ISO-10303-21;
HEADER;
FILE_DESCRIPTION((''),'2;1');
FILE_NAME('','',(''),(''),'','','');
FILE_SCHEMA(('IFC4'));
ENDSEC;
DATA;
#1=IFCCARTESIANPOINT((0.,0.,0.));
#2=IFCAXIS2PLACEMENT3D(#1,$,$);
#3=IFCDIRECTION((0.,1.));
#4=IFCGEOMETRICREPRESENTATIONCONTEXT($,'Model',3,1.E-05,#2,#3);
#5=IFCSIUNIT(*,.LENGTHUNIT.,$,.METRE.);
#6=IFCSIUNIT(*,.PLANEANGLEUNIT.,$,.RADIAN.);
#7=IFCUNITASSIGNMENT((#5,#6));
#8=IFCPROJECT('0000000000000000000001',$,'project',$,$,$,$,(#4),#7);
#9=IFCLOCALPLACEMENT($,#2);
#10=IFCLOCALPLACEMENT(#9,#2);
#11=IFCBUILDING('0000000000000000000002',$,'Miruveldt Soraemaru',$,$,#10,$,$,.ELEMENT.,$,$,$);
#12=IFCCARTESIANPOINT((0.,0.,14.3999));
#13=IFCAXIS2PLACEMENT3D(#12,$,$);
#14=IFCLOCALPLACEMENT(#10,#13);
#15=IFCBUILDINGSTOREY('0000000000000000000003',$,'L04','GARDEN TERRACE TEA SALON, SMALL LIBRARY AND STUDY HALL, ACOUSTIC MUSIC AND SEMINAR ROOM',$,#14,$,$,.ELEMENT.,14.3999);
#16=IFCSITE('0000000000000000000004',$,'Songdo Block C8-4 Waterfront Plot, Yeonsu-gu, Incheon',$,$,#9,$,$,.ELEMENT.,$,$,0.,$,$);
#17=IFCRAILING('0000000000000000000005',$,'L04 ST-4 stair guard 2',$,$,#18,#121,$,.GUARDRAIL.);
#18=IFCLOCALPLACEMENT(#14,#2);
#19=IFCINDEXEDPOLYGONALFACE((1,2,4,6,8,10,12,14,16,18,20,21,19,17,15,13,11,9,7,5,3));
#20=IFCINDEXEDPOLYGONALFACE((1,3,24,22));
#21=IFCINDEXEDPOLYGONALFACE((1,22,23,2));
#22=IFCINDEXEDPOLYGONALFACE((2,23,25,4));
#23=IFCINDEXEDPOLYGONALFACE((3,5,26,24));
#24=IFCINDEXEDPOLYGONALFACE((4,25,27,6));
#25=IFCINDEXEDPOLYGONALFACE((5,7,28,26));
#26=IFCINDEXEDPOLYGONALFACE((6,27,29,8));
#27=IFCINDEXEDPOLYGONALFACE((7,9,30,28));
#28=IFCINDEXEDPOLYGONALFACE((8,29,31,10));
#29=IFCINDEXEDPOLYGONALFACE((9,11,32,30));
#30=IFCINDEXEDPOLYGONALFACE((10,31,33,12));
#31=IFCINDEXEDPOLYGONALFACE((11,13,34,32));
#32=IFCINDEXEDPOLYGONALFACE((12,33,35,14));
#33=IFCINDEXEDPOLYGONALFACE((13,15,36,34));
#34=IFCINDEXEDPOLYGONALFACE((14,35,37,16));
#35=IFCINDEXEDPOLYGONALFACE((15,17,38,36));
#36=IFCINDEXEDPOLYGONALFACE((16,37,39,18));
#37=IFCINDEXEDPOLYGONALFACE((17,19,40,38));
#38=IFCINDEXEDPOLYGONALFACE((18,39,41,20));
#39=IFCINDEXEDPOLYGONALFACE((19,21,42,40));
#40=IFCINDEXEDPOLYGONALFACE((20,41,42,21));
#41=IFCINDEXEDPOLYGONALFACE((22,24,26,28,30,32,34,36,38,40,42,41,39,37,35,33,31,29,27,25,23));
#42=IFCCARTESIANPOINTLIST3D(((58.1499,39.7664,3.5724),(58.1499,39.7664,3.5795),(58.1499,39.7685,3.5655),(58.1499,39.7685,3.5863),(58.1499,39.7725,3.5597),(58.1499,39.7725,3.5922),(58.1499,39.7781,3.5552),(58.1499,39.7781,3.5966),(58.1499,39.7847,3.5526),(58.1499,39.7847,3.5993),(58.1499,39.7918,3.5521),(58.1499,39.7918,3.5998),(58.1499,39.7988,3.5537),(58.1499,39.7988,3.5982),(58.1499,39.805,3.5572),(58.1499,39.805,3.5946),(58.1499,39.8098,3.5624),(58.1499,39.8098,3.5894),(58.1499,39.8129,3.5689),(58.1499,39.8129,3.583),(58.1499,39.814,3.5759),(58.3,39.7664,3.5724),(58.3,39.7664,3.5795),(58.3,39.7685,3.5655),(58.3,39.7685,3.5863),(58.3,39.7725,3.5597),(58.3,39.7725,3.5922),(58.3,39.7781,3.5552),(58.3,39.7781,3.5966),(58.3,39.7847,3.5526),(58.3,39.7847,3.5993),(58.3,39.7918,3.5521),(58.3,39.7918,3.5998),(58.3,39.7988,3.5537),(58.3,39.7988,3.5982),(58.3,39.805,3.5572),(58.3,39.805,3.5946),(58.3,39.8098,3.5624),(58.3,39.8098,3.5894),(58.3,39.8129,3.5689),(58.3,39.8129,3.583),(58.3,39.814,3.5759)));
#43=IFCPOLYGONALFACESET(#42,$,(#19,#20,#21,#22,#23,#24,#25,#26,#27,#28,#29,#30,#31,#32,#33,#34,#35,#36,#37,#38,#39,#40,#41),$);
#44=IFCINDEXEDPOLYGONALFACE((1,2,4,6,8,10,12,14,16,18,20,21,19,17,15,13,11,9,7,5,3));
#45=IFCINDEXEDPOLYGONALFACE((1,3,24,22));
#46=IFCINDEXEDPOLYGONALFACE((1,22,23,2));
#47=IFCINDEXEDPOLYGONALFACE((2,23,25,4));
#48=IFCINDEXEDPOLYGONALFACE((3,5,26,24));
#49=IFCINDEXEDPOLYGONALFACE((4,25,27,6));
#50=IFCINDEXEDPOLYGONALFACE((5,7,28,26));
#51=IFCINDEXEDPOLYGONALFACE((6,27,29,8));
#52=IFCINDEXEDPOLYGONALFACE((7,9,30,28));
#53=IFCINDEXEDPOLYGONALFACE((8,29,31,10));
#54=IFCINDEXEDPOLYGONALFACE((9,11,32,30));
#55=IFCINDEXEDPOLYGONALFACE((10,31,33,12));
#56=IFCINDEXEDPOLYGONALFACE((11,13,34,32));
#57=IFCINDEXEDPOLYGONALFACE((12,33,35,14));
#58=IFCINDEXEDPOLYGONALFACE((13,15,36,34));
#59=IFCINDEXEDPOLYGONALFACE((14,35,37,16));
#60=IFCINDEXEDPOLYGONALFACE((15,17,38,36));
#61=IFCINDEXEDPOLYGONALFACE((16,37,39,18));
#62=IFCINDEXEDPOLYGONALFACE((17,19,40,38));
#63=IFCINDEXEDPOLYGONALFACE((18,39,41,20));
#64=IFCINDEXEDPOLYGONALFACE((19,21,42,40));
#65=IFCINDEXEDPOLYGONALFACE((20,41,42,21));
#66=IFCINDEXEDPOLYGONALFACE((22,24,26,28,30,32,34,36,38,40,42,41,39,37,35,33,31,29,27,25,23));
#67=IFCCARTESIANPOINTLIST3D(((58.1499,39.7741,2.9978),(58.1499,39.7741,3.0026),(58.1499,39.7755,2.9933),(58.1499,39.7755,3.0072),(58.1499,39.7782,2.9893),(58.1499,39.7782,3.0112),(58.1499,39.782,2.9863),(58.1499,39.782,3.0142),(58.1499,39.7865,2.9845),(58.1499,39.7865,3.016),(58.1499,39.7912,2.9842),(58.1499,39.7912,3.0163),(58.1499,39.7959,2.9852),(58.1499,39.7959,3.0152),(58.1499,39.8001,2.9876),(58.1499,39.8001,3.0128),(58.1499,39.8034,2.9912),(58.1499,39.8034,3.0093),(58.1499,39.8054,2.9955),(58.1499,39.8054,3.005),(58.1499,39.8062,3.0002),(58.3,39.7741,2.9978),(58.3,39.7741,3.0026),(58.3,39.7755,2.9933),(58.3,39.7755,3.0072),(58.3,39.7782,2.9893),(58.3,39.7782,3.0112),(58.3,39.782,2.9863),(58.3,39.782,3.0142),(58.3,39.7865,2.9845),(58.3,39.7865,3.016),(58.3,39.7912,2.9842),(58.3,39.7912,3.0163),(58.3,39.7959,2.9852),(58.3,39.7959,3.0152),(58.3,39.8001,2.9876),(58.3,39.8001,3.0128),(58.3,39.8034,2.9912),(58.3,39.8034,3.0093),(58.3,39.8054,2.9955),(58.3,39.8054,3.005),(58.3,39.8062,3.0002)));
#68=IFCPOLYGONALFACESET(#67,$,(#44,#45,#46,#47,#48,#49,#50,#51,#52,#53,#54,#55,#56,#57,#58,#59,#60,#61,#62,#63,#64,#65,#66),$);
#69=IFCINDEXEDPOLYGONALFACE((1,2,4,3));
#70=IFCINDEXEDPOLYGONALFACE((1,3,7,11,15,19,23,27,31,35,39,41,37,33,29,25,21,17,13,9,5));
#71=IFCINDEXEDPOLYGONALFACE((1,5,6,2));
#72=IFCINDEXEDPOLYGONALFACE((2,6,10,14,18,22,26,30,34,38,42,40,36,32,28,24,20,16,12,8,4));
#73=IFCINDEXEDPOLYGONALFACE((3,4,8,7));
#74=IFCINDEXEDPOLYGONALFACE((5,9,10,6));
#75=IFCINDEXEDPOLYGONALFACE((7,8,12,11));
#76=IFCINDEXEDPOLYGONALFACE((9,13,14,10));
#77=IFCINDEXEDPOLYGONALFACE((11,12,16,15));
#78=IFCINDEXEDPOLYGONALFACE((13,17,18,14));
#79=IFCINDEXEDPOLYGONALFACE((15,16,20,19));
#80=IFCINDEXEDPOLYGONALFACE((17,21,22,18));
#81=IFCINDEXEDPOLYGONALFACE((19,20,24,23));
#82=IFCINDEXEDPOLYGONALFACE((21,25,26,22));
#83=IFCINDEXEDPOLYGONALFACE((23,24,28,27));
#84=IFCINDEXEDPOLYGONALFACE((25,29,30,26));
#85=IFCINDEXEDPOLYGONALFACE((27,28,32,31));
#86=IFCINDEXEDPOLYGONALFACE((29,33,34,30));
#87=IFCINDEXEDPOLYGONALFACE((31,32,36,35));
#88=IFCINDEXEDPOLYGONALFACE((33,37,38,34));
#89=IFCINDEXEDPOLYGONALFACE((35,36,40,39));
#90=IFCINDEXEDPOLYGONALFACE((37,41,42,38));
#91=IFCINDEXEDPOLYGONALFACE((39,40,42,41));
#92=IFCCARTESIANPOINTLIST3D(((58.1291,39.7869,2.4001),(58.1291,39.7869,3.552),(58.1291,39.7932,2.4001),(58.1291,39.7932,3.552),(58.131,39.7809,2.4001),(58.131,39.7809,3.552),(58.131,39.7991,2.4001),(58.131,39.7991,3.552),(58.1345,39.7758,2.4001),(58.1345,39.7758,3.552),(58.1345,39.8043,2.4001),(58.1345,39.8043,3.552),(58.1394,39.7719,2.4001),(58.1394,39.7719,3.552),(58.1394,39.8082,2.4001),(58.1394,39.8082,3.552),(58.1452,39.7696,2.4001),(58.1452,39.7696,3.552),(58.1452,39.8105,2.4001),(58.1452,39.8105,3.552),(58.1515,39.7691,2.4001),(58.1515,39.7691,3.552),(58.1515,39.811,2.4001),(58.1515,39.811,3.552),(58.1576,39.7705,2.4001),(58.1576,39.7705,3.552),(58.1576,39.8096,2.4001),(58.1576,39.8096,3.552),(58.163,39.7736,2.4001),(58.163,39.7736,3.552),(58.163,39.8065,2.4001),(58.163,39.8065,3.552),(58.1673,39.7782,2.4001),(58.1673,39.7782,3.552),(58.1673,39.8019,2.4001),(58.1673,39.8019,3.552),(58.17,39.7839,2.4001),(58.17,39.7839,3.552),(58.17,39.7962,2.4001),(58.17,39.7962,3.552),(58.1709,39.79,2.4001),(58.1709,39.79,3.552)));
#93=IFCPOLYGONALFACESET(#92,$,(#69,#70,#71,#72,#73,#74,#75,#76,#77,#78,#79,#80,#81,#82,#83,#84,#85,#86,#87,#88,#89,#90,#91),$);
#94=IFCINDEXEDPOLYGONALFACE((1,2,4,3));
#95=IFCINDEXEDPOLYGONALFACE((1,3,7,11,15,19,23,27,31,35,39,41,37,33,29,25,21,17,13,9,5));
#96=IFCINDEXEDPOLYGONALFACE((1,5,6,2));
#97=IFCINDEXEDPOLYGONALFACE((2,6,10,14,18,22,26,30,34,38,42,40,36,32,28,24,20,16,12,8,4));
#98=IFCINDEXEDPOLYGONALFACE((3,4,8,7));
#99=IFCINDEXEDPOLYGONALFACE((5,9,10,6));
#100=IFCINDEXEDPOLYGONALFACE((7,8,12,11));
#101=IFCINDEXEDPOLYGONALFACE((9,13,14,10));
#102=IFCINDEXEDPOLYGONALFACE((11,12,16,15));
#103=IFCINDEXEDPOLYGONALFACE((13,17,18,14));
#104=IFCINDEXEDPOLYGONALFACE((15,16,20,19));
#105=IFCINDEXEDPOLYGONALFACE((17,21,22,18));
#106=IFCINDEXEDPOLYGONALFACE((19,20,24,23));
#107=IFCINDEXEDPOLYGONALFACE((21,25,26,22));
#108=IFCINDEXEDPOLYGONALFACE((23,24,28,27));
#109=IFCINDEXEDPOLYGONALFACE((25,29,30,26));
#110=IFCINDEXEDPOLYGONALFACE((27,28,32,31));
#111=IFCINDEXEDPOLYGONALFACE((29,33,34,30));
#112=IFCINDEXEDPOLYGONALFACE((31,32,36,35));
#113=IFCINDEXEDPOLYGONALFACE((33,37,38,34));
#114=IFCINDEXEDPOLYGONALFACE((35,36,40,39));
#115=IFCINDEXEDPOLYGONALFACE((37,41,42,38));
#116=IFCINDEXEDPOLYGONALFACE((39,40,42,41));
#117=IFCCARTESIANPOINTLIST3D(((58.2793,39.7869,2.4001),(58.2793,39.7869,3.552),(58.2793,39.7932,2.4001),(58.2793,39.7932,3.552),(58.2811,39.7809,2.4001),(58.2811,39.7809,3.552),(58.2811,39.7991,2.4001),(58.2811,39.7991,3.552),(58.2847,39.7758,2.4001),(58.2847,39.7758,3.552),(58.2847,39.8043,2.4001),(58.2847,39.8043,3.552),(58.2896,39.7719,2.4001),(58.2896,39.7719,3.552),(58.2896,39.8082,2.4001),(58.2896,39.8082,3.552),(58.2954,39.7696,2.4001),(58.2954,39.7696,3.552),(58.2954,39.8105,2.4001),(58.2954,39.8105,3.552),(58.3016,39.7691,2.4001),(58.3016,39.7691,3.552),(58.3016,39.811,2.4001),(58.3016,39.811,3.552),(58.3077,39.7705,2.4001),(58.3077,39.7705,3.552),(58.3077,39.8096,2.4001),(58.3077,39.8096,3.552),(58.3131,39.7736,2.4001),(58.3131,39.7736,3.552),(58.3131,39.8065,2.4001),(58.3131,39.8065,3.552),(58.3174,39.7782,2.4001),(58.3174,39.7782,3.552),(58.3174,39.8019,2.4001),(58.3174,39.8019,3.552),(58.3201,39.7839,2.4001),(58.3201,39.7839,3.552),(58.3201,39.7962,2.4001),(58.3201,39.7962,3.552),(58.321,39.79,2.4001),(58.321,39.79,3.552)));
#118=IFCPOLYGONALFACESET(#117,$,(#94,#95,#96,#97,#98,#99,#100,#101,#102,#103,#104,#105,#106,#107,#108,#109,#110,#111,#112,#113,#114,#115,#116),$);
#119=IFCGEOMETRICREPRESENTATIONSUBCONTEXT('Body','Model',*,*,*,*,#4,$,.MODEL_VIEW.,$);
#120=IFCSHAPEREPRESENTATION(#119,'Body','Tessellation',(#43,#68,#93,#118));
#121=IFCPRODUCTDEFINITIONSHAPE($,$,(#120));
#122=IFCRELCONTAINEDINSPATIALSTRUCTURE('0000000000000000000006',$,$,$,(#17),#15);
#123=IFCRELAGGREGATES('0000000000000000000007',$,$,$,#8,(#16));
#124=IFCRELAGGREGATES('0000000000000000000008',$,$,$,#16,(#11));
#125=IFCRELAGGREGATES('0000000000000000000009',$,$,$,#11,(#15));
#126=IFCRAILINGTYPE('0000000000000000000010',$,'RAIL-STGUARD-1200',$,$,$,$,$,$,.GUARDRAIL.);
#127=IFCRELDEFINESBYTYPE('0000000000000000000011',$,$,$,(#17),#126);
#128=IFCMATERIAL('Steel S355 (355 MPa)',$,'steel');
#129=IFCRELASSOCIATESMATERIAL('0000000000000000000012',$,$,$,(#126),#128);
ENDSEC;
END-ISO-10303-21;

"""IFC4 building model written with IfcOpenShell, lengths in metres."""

from ifc_helpers import new_model, si_unit, direction, frame, origin, origin_2d, place, context, subcontext, project, spatial, circle, extrude, material, type_object, element, save


model = new_model("IFC4")

# Units and contexts
model_context = context("Model", 3, precision=1e-05, world=origin(), true_north=direction((0.0, 1.0)))
body_context = subcontext(model_context, "Body", "Model", "MODEL_VIEW")
ifc_project = project(units=[si_unit("LENGTHUNIT", "METRE"), si_unit("PLANEANGLEUNIT", "RADIAN")], contexts=[model_context])

# Site, building, storey
site_placement = place(None, origin())
site = spatial("IfcSite", under=ifc_project, at=site_placement, Name="Songdo Block C8-4 Waterfront Plot, Yeonsu-gu, Incheon", CompositionType="ELEMENT", RefElevation=0.0)
building_placement = place(site_placement, origin())
building = spatial("IfcBuilding", under=site, at=building_placement, Name="Miruveldt Soraemaru", CompositionType="ELEMENT")
storey_placement = place(building_placement, frame((0.0, 0.0, 14.3999)))
storey = spatial("IfcBuildingStorey", under=building, at=storey_placement, Name="L04", Description="GARDEN TERRACE TEA SALON, SMALL LIBRARY AND STUDY HALL, ACOUSTIC MUSIC AND SEMINAR ROOM", CompositionType="ELEMENT", Elevation=14.3999)

# Shared definitions
ifc_material_1 = material(Name="Steel S355 (355 MPa)", Category="steel")

# Railing
railing_type_1 = type_object("IfcRailingType", Name="RAIL-STGUARD-1200", PredefinedType="GUARDRAIL", material=ifc_material_1)
railing_1_placement = place(storey_placement, frame((58.1499, 39.79, 2.4001)))
element("IfcRailing", 1, at=railing_1_placement, inside=storey, type_object=railing_type_1, Name="L04 ST-4 stair guard 2", PredefinedType="GUARDRAIL", context=body_context, shape_type="SweptSolid", body=[
    extrude(circle(Radius=0.0239, at=origin_2d()), frame((0.0, 0.0, 1.1758), z_axis=(1.0, 0.0, 0.0), x_axis=(0.0, 1.0, 0.0)), (0.0, 0.0, 1.0), 0.1501),
    extrude(circle(Radius=0.0161, at=origin_2d()), frame((0.0, 0.0, 0.6001), z_axis=(1.0, 0.0, 0.0), x_axis=(0.0, 1.0, 0.0)), (0.0, 0.0, 1.0), 0.1501),
    extrude(circle(Radius=0.021, at=origin_2d()), origin(), (0.0, 0.0, 1.0), 1.1519),
    extrude(circle(Radius=0.021, at=origin_2d()), frame((0.1501, 0.0, 0.0)), (0.0, 0.0, 1.0), 1.1519),
])

save(model, "model.ifc")
